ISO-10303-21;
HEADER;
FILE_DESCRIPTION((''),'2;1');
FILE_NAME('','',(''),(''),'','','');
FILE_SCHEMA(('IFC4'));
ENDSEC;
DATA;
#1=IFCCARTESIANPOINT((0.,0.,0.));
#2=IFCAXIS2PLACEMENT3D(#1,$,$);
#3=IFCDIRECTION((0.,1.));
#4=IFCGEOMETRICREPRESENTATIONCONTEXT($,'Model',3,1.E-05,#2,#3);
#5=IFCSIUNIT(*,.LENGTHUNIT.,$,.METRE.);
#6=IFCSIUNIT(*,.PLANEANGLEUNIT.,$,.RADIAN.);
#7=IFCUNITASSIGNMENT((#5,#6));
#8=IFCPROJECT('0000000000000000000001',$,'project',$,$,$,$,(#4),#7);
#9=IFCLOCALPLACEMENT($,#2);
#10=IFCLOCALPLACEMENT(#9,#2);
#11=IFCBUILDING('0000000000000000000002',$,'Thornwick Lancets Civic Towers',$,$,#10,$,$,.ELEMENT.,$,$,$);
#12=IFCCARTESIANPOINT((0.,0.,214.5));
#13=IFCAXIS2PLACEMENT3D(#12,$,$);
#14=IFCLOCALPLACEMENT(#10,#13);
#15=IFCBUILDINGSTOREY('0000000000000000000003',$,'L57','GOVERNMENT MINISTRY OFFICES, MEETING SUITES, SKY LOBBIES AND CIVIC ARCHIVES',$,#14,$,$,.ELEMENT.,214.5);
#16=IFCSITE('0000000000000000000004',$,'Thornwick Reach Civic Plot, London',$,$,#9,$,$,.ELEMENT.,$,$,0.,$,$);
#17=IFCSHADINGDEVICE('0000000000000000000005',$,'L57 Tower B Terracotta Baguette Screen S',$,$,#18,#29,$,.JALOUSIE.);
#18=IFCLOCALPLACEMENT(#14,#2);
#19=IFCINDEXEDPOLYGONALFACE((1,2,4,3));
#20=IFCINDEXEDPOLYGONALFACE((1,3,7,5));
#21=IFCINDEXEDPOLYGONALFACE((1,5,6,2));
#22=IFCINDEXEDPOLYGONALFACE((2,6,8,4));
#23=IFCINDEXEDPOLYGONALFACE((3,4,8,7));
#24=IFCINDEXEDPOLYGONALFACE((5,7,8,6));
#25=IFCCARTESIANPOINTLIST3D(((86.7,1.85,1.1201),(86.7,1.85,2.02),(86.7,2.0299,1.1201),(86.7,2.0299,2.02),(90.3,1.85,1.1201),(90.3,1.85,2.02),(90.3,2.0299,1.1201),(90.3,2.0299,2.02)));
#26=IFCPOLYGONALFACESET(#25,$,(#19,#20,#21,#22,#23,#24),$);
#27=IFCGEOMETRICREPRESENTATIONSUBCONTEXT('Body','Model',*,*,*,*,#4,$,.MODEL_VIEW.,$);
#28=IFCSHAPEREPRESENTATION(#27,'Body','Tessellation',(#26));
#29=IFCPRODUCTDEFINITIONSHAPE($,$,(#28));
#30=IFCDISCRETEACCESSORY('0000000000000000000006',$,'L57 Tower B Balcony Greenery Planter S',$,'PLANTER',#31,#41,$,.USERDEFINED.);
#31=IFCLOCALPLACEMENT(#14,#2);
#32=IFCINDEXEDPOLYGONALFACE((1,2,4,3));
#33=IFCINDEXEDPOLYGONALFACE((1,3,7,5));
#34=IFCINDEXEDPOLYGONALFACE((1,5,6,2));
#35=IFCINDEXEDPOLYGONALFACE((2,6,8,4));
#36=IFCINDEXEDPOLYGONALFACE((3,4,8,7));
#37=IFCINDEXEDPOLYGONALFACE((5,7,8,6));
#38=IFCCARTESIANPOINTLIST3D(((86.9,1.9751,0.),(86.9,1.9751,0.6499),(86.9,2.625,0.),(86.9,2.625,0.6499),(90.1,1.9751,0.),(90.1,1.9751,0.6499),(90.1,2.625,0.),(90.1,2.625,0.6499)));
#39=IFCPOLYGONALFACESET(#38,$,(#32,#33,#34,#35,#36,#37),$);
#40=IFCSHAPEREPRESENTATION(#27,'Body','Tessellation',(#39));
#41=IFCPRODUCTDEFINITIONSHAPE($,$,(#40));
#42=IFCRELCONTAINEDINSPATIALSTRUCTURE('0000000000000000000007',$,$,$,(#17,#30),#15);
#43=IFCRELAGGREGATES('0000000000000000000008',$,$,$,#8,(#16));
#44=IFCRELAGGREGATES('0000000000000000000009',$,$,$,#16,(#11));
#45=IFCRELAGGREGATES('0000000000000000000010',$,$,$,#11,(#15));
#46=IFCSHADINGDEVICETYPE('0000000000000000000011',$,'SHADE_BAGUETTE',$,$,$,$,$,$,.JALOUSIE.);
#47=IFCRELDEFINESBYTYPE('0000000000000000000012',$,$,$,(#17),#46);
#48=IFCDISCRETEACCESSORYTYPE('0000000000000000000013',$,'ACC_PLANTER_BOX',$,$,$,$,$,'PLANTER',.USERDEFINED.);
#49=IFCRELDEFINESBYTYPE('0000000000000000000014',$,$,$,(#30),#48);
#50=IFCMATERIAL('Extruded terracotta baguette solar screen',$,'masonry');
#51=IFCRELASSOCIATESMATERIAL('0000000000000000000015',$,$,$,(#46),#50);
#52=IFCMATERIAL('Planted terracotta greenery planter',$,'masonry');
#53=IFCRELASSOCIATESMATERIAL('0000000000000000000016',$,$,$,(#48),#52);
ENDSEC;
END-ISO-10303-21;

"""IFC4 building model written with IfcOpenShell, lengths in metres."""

from ifc_helpers import new_model, si_unit, direction, frame, origin, origin_2d, place, context, subcontext, project, spatial, rectangle, extrude, material, type_object, element, save


model = new_model("IFC4")

# Units and contexts
model_context = context("Model", 3, precision=1e-05, world=origin(), true_north=direction((0.0, 1.0)))
body_context = subcontext(model_context, "Body", "Model", "MODEL_VIEW")
ifc_project = project(units=[si_unit("LENGTHUNIT", "METRE"), si_unit("PLANEANGLEUNIT", "RADIAN")], contexts=[model_context])

# Site, building, storey
site_placement = place(None, origin())
site = spatial("IfcSite", under=ifc_project, at=site_placement, Name="Thornwick Reach Civic Plot, London", CompositionType="ELEMENT", RefElevation=0.0)
building_placement = place(site_placement, origin())
building = spatial("IfcBuilding", under=site, at=building_placement, Name="Thornwick Lancets Civic Towers", CompositionType="ELEMENT")
storey_placement = place(building_placement, frame((0.0, 0.0, 214.5)))
storey = spatial("IfcBuildingStorey", under=building, at=storey_placement, Name="L57", Description="GOVERNMENT MINISTRY OFFICES, MEETING SUITES, SKY LOBBIES AND CIVIC ARCHIVES", CompositionType="ELEMENT", Elevation=214.5)

# Shading device
ifc_material_1 = material(Name="Extruded terracotta baguette solar screen", Category="masonry")
shading_device_type = type_object("IfcShadingDeviceType", Name="SHADE_BAGUETTE", PredefinedType="JALOUSIE", material=ifc_material_1)
shading_device_placement = place(storey_placement, frame((88.5, 1.9399, 1.1201), z_axis=(0.0, 0.0, 1.0), x_axis=(1.0, 0.0, 0.0)))
element("IfcShadingDevice", 1, at=shading_device_placement, inside=storey, type_object=shading_device_type, Name="L57 Tower B Terracotta Baguette Screen S", PredefinedType="JALOUSIE", context=body_context, shape_type="SweptSolid", body=[
    extrude(rectangle(XDim=3.6001, YDim=0.1799, at=origin_2d()), origin(), (0.0, 0.0, 1.0), 0.8999),
])

# Discrete accessory
ifc_material_2 = material(Name="Planted terracotta greenery planter", Category="masonry")
discrete_accessory_type = type_object("IfcDiscreteAccessoryType", Name="ACC_PLANTER_BOX", ElementType="PLANTER", PredefinedType="USERDEFINED", material=ifc_material_2)
discrete_accessory_placement = place(storey_placement, frame((88.5, 2.3, 0.0), z_axis=(0.0, 0.0, 1.0), x_axis=(1.0, 0.0, 0.0)))
element("IfcDiscreteAccessory", 2, at=discrete_accessory_placement, inside=storey, type_object=discrete_accessory_type, Name="L57 Tower B Balcony Greenery Planter S", ObjectType="PLANTER", PredefinedType="USERDEFINED", context=body_context, shape_type="SweptSolid", body=[
    extrude(rectangle(XDim=3.2, YDim=0.6499, at=origin_2d()), origin(), (0.0, 0.0, 1.0), 0.6499),
])

save(model, "model.ifc")
